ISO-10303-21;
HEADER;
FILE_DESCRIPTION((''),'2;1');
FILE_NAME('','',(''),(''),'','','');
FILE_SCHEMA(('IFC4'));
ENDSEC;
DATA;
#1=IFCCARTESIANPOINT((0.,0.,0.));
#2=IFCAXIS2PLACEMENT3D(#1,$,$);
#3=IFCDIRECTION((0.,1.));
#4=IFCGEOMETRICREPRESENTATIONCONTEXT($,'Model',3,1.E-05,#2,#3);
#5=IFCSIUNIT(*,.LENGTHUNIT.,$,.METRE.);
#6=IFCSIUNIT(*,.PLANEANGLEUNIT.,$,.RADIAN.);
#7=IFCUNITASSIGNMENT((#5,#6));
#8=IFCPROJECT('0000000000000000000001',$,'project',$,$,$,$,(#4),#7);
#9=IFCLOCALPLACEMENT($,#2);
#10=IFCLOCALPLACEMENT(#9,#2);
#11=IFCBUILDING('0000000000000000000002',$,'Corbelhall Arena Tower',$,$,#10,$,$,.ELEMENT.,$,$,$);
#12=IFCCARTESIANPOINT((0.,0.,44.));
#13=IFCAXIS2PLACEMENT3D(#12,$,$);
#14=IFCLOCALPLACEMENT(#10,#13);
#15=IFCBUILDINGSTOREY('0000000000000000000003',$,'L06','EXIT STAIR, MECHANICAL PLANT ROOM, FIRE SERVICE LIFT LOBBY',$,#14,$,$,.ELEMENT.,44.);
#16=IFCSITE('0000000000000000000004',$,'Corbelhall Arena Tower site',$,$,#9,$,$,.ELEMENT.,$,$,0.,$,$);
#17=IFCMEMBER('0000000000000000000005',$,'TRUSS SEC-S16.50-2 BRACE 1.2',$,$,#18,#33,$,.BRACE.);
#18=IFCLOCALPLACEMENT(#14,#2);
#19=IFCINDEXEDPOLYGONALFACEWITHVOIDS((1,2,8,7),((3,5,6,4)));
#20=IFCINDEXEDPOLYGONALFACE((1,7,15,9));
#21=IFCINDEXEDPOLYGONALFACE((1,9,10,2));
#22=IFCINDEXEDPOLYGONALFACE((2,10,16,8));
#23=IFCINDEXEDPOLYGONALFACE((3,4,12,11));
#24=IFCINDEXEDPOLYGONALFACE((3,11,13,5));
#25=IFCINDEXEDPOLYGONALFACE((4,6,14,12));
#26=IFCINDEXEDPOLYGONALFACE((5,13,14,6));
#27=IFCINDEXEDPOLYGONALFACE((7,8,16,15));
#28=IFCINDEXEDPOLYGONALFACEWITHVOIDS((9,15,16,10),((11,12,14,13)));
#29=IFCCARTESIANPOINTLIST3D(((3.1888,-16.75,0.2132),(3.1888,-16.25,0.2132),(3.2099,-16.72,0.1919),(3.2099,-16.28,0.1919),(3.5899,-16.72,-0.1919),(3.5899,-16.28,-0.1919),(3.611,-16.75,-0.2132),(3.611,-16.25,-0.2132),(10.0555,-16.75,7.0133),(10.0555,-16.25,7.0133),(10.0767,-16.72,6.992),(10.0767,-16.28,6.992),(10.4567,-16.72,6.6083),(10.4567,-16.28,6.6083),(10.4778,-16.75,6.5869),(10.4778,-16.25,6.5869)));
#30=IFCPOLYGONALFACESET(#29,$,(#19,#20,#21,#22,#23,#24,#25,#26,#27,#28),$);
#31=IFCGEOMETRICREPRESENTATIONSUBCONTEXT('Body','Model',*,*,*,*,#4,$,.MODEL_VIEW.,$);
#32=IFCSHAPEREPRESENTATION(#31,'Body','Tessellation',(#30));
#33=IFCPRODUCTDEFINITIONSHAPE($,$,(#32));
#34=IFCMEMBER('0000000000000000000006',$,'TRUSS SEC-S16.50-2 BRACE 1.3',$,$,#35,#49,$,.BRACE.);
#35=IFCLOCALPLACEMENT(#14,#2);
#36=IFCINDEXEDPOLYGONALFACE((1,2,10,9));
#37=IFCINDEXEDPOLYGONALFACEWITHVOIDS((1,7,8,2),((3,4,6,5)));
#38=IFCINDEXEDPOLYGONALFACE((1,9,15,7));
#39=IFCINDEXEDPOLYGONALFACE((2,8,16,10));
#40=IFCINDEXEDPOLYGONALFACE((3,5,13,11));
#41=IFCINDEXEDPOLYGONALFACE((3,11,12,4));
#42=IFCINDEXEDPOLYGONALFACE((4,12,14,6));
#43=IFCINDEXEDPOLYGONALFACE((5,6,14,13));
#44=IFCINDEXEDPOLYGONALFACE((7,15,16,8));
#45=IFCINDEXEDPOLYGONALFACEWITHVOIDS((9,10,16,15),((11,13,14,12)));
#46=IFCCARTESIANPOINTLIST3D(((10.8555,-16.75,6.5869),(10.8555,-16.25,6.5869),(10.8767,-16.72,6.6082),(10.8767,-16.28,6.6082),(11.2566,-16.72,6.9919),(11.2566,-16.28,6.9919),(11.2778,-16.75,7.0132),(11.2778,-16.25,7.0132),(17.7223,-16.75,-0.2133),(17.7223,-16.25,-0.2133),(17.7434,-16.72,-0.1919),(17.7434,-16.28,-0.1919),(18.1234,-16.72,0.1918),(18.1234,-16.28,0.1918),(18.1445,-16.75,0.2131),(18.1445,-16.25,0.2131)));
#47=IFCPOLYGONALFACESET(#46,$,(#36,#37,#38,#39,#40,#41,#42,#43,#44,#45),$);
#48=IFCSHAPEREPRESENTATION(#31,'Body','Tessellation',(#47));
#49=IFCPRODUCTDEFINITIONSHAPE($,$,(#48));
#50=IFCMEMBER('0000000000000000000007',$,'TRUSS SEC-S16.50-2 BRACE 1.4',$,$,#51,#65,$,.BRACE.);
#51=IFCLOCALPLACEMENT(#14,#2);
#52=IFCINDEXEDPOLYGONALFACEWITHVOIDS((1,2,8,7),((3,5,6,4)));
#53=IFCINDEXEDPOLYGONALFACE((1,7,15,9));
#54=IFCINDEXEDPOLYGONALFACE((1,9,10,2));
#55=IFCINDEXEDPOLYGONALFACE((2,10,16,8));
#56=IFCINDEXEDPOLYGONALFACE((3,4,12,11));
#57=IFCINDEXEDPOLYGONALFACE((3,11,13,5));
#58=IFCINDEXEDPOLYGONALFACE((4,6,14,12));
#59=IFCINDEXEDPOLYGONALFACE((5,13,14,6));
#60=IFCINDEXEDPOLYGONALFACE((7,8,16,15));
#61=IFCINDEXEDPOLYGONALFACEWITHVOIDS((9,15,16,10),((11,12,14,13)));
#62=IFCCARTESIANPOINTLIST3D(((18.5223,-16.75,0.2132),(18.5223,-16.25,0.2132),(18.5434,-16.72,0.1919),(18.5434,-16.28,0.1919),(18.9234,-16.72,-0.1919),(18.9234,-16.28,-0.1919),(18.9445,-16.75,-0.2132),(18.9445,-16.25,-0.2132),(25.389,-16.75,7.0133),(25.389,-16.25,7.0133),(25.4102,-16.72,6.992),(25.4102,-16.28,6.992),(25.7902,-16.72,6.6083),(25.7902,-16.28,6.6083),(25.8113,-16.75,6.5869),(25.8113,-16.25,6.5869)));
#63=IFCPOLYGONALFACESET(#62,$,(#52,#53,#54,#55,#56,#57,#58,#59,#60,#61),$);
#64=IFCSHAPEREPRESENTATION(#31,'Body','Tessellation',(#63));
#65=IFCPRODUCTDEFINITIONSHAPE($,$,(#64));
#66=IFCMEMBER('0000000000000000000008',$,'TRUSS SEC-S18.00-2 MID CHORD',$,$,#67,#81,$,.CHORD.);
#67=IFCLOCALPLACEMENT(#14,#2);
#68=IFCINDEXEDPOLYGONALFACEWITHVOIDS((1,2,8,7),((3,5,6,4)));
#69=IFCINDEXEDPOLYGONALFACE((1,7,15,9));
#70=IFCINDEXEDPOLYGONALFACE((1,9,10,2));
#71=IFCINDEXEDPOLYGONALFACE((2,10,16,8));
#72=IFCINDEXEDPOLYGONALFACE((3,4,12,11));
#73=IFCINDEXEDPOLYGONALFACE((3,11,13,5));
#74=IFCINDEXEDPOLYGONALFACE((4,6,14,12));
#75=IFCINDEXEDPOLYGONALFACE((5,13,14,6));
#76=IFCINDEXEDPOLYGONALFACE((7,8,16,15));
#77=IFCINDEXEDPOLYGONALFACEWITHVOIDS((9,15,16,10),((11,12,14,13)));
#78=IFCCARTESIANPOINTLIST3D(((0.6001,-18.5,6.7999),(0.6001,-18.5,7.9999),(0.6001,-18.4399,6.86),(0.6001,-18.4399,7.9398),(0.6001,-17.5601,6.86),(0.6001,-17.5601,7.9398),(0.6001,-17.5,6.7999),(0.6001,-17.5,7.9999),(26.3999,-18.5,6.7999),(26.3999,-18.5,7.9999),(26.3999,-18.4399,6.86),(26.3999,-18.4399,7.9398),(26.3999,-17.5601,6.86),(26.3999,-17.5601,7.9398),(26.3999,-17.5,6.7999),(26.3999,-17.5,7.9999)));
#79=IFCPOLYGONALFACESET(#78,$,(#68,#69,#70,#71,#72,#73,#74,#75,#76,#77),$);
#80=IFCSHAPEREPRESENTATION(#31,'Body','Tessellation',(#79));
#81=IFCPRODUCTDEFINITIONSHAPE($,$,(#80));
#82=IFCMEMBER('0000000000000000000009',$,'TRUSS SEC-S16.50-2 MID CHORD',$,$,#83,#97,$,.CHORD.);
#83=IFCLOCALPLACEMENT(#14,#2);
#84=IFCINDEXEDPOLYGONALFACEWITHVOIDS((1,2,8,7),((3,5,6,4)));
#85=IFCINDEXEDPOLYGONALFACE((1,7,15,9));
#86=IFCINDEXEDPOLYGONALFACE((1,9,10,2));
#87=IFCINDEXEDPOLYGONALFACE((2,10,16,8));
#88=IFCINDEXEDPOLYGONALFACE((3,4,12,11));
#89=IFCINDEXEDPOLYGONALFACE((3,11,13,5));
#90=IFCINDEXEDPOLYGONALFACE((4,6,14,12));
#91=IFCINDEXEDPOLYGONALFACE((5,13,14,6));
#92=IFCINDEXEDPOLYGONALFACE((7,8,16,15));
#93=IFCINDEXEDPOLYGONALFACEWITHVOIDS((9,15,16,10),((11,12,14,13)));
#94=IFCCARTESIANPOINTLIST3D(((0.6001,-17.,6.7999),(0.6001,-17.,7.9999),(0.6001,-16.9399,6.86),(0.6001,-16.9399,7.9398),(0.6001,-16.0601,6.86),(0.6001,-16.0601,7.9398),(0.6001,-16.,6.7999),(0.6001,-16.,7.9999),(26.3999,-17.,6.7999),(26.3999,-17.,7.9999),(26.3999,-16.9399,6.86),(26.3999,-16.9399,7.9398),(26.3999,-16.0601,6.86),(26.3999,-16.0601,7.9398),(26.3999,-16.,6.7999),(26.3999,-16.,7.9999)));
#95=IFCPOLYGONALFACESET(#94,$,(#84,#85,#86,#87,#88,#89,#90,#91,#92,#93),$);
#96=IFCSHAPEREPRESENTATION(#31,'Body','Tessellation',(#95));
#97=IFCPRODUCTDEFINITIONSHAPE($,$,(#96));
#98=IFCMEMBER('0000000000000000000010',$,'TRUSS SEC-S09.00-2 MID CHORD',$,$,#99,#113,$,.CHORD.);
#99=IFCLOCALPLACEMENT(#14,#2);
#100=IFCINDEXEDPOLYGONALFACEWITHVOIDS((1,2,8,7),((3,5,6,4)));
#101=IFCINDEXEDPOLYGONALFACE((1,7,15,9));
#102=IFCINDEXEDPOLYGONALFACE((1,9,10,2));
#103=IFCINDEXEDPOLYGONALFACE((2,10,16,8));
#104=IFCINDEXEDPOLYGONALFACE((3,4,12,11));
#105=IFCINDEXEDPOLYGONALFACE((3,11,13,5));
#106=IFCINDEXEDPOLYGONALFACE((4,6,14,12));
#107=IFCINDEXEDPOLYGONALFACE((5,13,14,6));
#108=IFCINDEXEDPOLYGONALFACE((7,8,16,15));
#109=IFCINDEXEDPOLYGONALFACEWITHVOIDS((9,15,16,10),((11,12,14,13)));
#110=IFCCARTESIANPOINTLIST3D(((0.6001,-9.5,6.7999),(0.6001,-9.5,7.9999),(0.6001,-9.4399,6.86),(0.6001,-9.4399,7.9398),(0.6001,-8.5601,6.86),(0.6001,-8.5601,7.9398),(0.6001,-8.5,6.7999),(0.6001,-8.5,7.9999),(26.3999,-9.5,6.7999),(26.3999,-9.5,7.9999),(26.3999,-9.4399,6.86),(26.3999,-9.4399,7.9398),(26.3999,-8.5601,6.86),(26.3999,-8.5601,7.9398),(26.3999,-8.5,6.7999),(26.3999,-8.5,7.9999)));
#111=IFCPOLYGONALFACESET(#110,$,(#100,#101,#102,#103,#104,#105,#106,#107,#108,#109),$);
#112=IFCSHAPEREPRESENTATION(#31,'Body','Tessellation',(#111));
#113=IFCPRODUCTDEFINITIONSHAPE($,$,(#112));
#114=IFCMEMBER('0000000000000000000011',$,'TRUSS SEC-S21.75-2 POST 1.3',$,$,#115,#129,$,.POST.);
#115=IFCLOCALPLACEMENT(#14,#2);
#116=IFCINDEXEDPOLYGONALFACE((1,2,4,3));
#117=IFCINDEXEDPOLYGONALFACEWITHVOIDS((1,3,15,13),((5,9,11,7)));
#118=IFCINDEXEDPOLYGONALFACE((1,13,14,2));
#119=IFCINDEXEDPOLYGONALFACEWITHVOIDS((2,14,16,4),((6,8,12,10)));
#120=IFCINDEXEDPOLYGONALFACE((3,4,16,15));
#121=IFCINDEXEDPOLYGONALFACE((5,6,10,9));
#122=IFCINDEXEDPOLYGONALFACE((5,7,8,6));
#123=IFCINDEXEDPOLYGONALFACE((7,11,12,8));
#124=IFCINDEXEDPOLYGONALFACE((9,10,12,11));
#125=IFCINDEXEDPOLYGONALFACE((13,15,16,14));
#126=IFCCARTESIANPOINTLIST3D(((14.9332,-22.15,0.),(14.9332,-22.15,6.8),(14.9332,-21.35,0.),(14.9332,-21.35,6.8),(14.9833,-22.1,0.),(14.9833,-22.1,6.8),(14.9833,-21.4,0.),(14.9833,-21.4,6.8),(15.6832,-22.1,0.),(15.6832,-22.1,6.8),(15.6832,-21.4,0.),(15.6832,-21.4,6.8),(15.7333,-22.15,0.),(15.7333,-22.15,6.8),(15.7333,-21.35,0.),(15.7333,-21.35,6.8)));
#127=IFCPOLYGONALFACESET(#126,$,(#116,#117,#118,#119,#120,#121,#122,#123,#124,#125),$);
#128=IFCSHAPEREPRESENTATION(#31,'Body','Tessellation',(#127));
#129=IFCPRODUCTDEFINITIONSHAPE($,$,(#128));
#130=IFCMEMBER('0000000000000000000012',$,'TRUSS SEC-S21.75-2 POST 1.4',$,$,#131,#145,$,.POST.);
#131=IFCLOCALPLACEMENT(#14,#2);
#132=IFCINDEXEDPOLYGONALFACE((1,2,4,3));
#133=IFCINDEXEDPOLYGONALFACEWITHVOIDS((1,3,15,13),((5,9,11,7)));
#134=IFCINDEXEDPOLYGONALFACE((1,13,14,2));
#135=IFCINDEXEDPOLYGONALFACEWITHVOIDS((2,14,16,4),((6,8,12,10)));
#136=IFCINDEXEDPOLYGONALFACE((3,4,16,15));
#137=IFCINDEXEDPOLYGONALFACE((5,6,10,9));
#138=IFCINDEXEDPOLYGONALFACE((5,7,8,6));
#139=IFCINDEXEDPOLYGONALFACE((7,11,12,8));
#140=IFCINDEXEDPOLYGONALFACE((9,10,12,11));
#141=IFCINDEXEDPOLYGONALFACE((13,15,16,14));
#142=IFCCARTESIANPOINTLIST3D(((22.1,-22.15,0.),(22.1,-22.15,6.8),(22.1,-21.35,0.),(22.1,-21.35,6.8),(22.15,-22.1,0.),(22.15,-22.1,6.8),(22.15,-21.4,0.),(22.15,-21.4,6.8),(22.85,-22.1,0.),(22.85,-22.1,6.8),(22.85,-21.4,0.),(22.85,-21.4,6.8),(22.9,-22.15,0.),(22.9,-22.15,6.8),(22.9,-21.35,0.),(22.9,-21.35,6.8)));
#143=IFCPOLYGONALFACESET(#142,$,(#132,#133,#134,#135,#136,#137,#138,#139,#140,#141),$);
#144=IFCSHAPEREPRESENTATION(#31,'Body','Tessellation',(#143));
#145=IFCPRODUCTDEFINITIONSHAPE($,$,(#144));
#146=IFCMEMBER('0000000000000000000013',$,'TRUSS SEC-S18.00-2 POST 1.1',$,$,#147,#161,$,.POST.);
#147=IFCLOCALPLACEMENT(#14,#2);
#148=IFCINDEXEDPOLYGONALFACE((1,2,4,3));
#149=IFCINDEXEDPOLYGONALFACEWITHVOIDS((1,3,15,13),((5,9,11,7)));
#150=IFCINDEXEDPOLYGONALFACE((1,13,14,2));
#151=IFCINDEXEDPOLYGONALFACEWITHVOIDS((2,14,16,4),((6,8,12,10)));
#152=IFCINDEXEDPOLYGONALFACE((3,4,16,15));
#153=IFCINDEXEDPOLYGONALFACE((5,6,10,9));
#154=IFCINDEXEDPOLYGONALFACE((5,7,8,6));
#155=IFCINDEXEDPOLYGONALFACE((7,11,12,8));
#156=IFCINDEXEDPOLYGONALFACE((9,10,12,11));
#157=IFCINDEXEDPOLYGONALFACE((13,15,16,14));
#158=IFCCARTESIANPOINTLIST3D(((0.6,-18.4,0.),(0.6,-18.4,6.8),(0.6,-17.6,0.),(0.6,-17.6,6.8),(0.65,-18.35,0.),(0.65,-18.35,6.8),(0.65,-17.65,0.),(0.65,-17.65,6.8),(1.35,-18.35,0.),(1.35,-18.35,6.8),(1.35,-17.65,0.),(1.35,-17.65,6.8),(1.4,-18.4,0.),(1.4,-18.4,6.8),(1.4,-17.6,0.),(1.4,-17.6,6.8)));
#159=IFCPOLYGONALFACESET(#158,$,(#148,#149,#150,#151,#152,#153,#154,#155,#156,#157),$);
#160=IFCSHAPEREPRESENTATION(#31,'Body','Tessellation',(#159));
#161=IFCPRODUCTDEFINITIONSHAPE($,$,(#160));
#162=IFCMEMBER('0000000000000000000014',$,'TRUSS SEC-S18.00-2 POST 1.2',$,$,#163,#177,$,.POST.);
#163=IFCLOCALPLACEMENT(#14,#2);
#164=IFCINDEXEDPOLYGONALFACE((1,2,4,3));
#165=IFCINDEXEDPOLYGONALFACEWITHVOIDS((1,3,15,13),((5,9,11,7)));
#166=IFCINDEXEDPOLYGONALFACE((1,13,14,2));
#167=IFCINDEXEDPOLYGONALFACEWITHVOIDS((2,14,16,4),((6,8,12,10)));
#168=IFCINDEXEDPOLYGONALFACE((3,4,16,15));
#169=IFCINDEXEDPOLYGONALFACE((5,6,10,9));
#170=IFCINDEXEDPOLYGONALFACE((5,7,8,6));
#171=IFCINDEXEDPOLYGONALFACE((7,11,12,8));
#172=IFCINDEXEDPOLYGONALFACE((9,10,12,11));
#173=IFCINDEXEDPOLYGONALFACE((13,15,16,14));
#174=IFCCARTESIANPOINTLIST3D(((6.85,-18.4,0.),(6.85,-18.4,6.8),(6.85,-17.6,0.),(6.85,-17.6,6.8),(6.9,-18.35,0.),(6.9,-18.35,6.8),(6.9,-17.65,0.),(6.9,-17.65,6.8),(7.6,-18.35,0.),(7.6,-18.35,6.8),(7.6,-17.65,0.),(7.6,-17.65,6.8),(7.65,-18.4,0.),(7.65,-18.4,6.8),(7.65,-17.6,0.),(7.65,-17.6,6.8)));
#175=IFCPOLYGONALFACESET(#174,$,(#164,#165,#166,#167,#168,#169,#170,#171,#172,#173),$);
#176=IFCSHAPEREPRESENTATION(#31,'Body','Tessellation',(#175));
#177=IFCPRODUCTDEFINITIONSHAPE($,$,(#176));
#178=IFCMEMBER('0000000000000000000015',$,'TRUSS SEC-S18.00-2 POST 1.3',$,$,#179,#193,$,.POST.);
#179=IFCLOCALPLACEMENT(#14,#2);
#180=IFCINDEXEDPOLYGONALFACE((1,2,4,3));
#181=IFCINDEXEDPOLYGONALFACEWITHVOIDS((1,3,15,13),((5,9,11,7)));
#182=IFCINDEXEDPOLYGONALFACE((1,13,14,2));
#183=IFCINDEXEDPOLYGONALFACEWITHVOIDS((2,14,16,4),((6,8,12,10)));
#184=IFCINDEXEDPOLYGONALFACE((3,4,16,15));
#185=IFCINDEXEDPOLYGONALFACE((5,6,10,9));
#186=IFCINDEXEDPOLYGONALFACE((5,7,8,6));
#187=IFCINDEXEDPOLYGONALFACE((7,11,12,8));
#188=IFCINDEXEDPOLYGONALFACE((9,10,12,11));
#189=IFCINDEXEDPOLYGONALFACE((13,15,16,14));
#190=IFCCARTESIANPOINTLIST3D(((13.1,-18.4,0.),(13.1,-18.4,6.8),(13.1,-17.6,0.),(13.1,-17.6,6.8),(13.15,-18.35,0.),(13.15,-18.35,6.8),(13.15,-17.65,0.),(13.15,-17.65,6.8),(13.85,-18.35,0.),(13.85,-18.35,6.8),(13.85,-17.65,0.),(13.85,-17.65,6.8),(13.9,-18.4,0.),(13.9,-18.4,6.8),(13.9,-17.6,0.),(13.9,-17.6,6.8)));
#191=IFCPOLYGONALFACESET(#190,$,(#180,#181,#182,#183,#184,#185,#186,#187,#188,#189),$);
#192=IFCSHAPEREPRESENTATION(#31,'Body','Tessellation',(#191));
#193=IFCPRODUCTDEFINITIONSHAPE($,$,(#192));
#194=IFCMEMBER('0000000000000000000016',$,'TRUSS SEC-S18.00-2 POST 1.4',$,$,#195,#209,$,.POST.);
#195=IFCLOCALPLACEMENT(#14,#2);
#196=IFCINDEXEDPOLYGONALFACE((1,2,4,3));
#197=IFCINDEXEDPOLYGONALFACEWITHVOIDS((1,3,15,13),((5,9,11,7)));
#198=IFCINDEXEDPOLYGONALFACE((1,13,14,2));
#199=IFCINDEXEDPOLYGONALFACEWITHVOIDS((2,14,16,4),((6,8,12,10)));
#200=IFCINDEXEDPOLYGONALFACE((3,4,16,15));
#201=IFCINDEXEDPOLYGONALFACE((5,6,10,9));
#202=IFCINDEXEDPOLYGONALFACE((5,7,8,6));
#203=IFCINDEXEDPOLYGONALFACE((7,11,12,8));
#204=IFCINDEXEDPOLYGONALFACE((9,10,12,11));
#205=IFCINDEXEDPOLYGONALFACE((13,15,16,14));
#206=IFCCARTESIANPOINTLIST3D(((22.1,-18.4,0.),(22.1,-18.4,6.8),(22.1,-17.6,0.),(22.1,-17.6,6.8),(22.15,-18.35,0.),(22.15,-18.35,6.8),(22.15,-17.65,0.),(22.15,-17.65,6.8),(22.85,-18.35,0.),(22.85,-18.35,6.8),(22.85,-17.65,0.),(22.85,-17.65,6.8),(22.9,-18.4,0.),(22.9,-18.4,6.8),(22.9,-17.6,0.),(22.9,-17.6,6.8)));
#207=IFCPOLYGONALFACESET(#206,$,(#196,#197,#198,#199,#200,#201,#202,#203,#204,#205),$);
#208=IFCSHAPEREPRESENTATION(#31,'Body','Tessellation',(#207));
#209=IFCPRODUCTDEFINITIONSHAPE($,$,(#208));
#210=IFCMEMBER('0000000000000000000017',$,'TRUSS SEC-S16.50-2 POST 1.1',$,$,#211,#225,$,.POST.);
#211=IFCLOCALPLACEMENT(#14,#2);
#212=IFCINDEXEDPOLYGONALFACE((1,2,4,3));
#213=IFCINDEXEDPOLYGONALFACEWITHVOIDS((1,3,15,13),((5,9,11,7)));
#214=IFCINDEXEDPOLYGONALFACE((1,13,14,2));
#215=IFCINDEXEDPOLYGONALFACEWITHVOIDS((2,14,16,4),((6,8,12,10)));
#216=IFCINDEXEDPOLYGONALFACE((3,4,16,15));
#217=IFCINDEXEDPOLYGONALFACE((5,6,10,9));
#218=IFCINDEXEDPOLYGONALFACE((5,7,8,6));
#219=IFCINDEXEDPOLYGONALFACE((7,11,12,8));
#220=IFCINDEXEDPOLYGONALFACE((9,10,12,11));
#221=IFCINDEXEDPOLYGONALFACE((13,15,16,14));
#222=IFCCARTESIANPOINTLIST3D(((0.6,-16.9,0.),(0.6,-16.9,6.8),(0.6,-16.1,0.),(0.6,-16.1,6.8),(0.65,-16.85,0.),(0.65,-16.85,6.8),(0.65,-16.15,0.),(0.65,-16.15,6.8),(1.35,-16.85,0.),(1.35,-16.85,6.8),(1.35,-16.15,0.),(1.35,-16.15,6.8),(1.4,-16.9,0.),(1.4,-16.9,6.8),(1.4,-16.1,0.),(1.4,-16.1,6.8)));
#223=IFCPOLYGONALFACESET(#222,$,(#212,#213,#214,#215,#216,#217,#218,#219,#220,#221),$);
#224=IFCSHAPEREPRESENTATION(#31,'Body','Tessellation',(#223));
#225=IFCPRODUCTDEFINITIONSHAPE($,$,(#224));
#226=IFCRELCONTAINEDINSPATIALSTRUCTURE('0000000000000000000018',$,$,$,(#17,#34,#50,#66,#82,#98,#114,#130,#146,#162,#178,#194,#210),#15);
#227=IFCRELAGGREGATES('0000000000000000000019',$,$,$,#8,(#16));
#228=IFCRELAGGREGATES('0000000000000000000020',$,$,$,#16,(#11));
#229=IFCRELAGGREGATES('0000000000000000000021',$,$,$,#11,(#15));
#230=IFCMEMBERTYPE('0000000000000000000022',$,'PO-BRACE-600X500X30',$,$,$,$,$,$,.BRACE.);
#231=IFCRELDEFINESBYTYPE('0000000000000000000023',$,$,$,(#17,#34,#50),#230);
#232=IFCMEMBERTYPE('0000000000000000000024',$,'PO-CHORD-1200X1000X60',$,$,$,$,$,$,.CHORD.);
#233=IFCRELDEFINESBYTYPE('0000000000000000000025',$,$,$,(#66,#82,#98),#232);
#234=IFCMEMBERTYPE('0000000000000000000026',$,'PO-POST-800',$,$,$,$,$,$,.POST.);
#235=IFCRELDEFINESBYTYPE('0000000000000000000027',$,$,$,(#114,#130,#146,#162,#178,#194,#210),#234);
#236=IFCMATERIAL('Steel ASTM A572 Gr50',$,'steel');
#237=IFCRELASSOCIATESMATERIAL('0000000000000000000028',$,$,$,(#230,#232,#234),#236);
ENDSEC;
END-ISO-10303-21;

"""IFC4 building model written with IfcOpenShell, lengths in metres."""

from ifc_helpers import new_model, si_unit, direction, frame, origin, origin_2d, place, context, subcontext, project, spatial, hollow_rectangle, extrude, material, material_profile, profile_set, type_object, element, save


model = new_model("IFC4")

# Units and contexts
model_context = context("Model", 3, precision=1e-05, world=origin(), true_north=direction((0.0, 1.0)))
body_context = subcontext(model_context, "Body", "Model", "MODEL_VIEW")
ifc_project = project(units=[si_unit("LENGTHUNIT", "METRE"), si_unit("PLANEANGLEUNIT", "RADIAN")], contexts=[model_context])

# Site, building, storey
site_placement = place(None, origin())
site = spatial("IfcSite", under=ifc_project, at=site_placement, Name="Corbelhall Arena Tower site", CompositionType="ELEMENT", RefElevation=0.0)
building_placement = place(site_placement, origin())
building = spatial("IfcBuilding", under=site, at=building_placement, Name="Corbelhall Arena Tower", CompositionType="ELEMENT")
storey_placement = place(building_placement, frame((0.0, 0.0, 44.0)))
storey = spatial("IfcBuildingStorey", under=building, at=storey_placement, Name="L06", Description="EXIT STAIR, MECHANICAL PLANT ROOM, FIRE SERVICE LIFT LOBBY", CompositionType="ELEMENT", Elevation=44.0)

# Members
ifc_material_1 = material(Name="Steel ASTM A572 Gr50", Category="steel")
ifc_material_profile_1 = material_profile(ifc_material_1, hollow_rectangle(XDim=0.5, YDim=0.6001, WallThickness=0.03, at=origin_2d()))
ifc_profile_set_1 = profile_set([ifc_material_profile_1], Name="Steel ASTM A572 Gr50")
member_type_1 = type_object("IfcMemberType", Name="PO-BRACE-600X500X30", PredefinedType="BRACE", material=ifc_profile_set_1)
for number, where, z_axis, x_axis, name in (
    (1, (3.3999, -16.5, 0.0), (0.710547, 0.0, 0.70365), (0.0, 1.0, 0.0), "TRUSS SEC-S16.50-2 BRACE 1.2"),
    (2, (11.0667, -16.5, 6.8), (0.710547, 0.0, -0.70365), (0.0, 1.0, 0.0), "TRUSS SEC-S16.50-2 BRACE 1.3"),
    (3, (18.7334, -16.5, 0.0), (0.710547, 0.0, 0.70365), (0.0, 1.0, 0.0), "TRUSS SEC-S16.50-2 BRACE 1.4"),
):
    element("IfcMember", number, at=place(storey_placement, frame(where, z_axis=z_axis, x_axis=x_axis)), inside=storey, type_object=member_type_1, Name=name, PredefinedType="BRACE", context=body_context, shape_type="SweptSolid", body=[
        extrude(hollow_rectangle(XDim=0.5, YDim=0.6001, WallThickness=0.03, at=origin_2d()), origin(), (0.0, 0.0, 1.0), 9.6641),
    ])
ifc_material_profile_2 = material_profile(ifc_material_1, hollow_rectangle(XDim=1.0, YDim=1.2, WallThickness=0.0601, at=origin_2d()))
ifc_profile_set_2 = profile_set([ifc_material_profile_2], Name="Steel ASTM A572 Gr50")
member_type_2 = type_object("IfcMemberType", Name="PO-CHORD-1200X1000X60", PredefinedType="CHORD", material=ifc_profile_set_2)
for number, where, z_axis, x_axis, name in (
    (4, (0.6001, -18.0, 7.3999), (1.0, 0.0, 0.0), (0.0, 1.0, 0.0), "TRUSS SEC-S18.00-2 MID CHORD"),
    (5, (0.6001, -16.5, 7.3999), (1.0, 0.0, 0.0), (0.0, 1.0, 0.0), "TRUSS SEC-S16.50-2 MID CHORD"),
    (6, (0.6001, -9.0, 7.3999), (1.0, 0.0, 0.0), (0.0, 1.0, 0.0), "TRUSS SEC-S09.00-2 MID CHORD"),
):
    element("IfcMember", number, at=place(storey_placement, frame(where, z_axis=z_axis, x_axis=x_axis)), inside=storey, type_object=member_type_2, Name=name, PredefinedType="CHORD", context=body_context, shape_type="SweptSolid", body=[
        extrude(hollow_rectangle(XDim=1.0, YDim=1.2, WallThickness=0.0601, at=origin_2d()), origin(), (0.0, 0.0, 1.0), 25.7998),
    ])
ifc_material_profile_3 = material_profile(ifc_material_1, hollow_rectangle(XDim=0.8, YDim=0.8, WallThickness=0.05, at=origin_2d()))
ifc_profile_set_3 = profile_set([ifc_material_profile_3], Name="Steel ASTM A572 Gr50")
member_type_3 = type_object("IfcMemberType", Name="PO-POST-800", PredefinedType="POST", material=ifc_profile_set_3)
for number, where, z_axis, x_axis, name in (
    (7, (15.3333, -21.75, 0.0), (0.0, 0.0, 1.0), (1.0, 0.0, 0.0), "TRUSS SEC-S21.75-2 POST 1.3"),
    (8, (22.5, -21.75, 0.0), (0.0, 0.0, 1.0), (1.0, 0.0, 0.0), "TRUSS SEC-S21.75-2 POST 1.4"),
    (9, (1.0, -18.0, 0.0), (0.0, 0.0, 1.0), (1.0, 0.0, 0.0), "TRUSS SEC-S18.00-2 POST 1.1"),
    (10, (7.25, -18.0, 0.0), (0.0, 0.0, 1.0), (1.0, 0.0, 0.0), "TRUSS SEC-S18.00-2 POST 1.2"),
    (11, (13.5, -18.0, 0.0), (0.0, 0.0, 1.0), (1.0, 0.0, 0.0), "TRUSS SEC-S18.00-2 POST 1.3"),
    (12, (22.5, -18.0, 0.0), (0.0, 0.0, 1.0), (1.0, 0.0, 0.0), "TRUSS SEC-S18.00-2 POST 1.4"),
    (13, (1.0, -16.5, 0.0), (0.0, 0.0, 1.0), (1.0, 0.0, 0.0), "TRUSS SEC-S16.50-2 POST 1.1"),
):
    element("IfcMember", number, at=place(storey_placement, frame(where, z_axis=z_axis, x_axis=x_axis)), inside=storey, type_object=member_type_3, Name=name, PredefinedType="POST", context=body_context, shape_type="SweptSolid", body=[
        extrude(hollow_rectangle(XDim=0.8, YDim=0.8, WallThickness=0.05, at=origin_2d()), origin(), (0.0, 0.0, 1.0), 6.8),
    ])

save(model, "model.ifc")
